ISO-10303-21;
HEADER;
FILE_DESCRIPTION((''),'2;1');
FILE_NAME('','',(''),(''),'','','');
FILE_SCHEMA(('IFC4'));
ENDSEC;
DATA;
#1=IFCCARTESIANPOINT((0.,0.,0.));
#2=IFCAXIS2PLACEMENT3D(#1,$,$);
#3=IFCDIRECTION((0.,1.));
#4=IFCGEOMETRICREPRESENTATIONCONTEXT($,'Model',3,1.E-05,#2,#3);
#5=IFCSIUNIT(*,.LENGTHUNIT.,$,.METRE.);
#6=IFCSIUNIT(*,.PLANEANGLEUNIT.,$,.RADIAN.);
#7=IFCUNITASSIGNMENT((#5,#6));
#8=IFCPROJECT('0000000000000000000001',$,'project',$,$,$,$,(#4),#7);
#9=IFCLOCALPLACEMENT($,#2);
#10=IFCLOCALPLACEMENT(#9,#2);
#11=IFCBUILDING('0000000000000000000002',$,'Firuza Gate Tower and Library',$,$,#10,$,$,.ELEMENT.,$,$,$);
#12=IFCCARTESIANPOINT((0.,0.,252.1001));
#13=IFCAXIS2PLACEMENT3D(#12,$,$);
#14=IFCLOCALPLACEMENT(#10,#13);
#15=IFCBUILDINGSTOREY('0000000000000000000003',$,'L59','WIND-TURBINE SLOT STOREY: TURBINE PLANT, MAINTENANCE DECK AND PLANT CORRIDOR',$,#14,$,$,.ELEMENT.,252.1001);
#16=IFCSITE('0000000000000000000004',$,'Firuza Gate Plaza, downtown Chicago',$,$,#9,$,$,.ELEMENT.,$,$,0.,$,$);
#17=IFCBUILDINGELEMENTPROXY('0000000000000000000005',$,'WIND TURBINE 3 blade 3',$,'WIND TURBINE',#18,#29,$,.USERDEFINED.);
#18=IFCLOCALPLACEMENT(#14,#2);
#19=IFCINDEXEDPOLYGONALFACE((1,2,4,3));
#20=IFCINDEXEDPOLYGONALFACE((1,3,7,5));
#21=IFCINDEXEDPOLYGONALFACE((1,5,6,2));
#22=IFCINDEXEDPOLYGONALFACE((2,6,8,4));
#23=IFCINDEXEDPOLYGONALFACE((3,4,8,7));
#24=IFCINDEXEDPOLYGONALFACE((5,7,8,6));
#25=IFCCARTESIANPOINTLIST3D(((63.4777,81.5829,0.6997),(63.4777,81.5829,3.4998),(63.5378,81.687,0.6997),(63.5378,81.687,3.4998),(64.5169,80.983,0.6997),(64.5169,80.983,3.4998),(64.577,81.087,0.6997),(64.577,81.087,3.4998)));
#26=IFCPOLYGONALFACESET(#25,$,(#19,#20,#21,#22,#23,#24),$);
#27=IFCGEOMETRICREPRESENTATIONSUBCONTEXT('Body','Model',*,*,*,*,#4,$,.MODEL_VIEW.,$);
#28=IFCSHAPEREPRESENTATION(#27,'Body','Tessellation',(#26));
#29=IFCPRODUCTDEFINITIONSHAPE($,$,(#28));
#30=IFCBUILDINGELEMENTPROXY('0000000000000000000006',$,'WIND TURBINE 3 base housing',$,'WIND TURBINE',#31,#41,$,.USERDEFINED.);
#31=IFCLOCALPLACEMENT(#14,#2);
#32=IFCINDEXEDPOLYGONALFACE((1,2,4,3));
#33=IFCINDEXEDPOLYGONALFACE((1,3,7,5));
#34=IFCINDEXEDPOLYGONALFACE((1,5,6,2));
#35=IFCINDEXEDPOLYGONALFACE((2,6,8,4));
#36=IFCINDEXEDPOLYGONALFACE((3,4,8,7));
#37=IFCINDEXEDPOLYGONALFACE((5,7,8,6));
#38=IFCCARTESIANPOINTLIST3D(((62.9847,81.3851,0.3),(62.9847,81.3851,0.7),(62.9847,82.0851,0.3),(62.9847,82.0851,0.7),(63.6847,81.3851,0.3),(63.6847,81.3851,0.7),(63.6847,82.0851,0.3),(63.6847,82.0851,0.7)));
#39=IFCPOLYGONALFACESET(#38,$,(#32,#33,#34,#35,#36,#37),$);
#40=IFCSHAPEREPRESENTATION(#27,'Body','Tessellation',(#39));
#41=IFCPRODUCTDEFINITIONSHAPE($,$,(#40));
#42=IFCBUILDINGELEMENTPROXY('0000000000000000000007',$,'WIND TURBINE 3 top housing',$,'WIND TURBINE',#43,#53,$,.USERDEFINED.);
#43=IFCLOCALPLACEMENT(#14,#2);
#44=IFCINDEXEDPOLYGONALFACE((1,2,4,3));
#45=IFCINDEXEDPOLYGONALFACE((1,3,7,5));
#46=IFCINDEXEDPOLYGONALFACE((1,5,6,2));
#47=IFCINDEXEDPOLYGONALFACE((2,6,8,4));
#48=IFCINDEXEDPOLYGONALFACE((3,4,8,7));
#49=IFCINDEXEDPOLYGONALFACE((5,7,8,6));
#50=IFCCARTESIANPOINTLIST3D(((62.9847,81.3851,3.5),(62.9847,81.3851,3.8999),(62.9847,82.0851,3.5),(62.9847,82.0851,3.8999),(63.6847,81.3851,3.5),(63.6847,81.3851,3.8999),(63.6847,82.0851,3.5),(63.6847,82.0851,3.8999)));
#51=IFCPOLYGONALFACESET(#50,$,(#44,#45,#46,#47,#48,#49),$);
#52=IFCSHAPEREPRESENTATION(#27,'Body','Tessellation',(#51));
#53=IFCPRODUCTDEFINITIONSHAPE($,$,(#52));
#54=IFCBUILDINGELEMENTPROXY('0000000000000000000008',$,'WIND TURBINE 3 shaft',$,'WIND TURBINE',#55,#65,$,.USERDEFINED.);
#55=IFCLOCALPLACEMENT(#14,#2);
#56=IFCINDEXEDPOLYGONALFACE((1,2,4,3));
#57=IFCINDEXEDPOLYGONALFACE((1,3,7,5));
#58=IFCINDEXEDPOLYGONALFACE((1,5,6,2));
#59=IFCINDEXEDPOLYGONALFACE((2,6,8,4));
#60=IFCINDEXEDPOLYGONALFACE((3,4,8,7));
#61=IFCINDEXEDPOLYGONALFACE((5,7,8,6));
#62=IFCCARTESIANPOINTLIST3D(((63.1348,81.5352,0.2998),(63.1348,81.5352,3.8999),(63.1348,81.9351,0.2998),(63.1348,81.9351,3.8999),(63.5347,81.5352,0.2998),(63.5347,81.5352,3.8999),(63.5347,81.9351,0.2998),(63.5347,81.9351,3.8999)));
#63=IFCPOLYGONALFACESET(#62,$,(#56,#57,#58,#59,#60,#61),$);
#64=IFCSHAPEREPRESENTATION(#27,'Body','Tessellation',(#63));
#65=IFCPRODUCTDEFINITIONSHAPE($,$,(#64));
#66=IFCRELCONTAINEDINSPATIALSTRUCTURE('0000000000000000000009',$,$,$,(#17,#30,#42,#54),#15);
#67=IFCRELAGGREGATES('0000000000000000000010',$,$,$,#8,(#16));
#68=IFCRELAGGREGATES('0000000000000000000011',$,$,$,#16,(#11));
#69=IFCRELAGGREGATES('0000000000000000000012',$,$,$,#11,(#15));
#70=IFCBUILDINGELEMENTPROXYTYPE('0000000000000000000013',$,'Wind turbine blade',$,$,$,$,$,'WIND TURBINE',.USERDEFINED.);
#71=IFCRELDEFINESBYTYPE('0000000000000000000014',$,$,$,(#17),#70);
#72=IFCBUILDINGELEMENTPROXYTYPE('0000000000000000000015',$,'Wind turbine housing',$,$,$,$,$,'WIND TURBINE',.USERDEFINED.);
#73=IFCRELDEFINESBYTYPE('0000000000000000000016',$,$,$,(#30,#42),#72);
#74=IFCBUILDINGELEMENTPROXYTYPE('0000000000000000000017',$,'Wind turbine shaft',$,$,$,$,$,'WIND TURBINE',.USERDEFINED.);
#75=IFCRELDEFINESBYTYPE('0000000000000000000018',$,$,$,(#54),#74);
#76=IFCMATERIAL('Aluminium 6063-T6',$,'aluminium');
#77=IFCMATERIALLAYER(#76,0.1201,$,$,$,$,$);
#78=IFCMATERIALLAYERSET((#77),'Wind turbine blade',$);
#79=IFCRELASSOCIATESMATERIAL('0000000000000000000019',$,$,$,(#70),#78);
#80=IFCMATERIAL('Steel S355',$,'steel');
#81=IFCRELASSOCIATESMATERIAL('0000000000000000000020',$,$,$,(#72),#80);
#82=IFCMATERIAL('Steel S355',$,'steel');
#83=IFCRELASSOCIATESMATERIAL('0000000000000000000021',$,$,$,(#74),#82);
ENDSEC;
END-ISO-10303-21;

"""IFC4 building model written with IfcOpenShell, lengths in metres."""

from ifc_helpers import new_model, si_unit, direction, frame, origin, origin_2d, place, context, subcontext, project, spatial, rectangle, extrude, material, layer, layer_set, type_object, element, save


model = new_model("IFC4")

# Units and contexts
model_context = context("Model", 3, precision=1e-05, world=origin(), true_north=direction((0.0, 1.0)))
body_context = subcontext(model_context, "Body", "Model", "MODEL_VIEW")
ifc_project = project(units=[si_unit("LENGTHUNIT", "METRE"), si_unit("PLANEANGLEUNIT", "RADIAN")], contexts=[model_context])

# Site, building, storey
site_placement = place(None, origin())
site = spatial("IfcSite", under=ifc_project, at=site_placement, Name="Firuza Gate Plaza, downtown Chicago", CompositionType="ELEMENT", RefElevation=0.0)
building_placement = place(site_placement, origin())
building = spatial("IfcBuilding", under=site, at=building_placement, Name="Firuza Gate Tower and Library", CompositionType="ELEMENT")
storey_placement = place(building_placement, frame((0.0, 0.0, 252.1001)))
storey = spatial("IfcBuildingStorey", under=building, at=storey_placement, Name="L59", Description="WIND-TURBINE SLOT STOREY: TURBINE PLANT, MAINTENANCE DECK AND PLANT CORRIDOR", CompositionType="ELEMENT", Elevation=252.1001)

# Building element proxies
ifc_material_1 = material(Name="Aluminium 6063-T6", Category="aluminium")
ifc_layer_1 = layer(ifc_material_1, 0.1201)
ifc_layer_set_1 = layer_set([ifc_layer_1], Name="Wind turbine blade")
building_element_proxy_type_1 = type_object("IfcBuildingElementProxyType", Name="Wind turbine blade", ElementType="WIND TURBINE", PredefinedType="USERDEFINED", material=ifc_layer_set_1)
for number, where, z_axis, x_axis, name in (
    (1, (64.0273, 81.335, 0.6997), (0.0, 0.0, 1.0), (0.866025, -0.5, 0.0), "WIND TURBINE 3 blade 3"),
):
    element("IfcBuildingElementProxy", number, at=place(storey_placement, frame(where, z_axis=z_axis, x_axis=x_axis)), inside=storey, type_object=building_element_proxy_type_1, Name=name, ObjectType="WIND TURBINE", PredefinedType="USERDEFINED", context=body_context, shape_type="SweptSolid", body=[
        extrude(rectangle(XDim=1.2, YDim=0.1201, at=origin_2d()), origin(), (0.0, 0.0, 1.0), 2.8),
    ])
ifc_material_2 = material(Name="Steel S355", Category="steel")
building_element_proxy_type_2 = type_object("IfcBuildingElementProxyType", Name="Wind turbine housing", ElementType="WIND TURBINE", PredefinedType="USERDEFINED", material=ifc_material_2)
for number, where, z_axis, x_axis, name in (
    (2, (63.3347, 81.7351, 0.3), (0.0, 0.0, 1.0), (1.0, 0.0, 0.0), "WIND TURBINE 3 base housing"),
    (3, (63.3347, 81.7351, 3.5), (0.0, 0.0, 1.0), (1.0, 0.0, 0.0), "WIND TURBINE 3 top housing"),
):
    element("IfcBuildingElementProxy", number, at=place(storey_placement, frame(where, z_axis=z_axis, x_axis=x_axis)), inside=storey, type_object=building_element_proxy_type_2, Name=name, ObjectType="WIND TURBINE", PredefinedType="USERDEFINED", context=body_context, shape_type="SweptSolid", body=[
        extrude(rectangle(XDim=0.7, YDim=0.7, at=origin_2d()), origin(), (0.0, 0.0, 1.0), 0.3999),
    ])
ifc_material_3 = material(Name="Steel S355", Category="steel")
building_element_proxy_type_3 = type_object("IfcBuildingElementProxyType", Name="Wind turbine shaft", ElementType="WIND TURBINE", PredefinedType="USERDEFINED", material=ifc_material_3)
proxy_placement = place(storey_placement, frame((63.3347, 81.7351, 0.2998), z_axis=(0.0, 0.0, 1.0), x_axis=(1.0, 0.0, 0.0)))
element("IfcBuildingElementProxy", 4, at=proxy_placement, inside=storey, type_object=building_element_proxy_type_3, Name="WIND TURBINE 3 shaft", ObjectType="WIND TURBINE", PredefinedType="USERDEFINED", context=body_context, shape_type="SweptSolid", body=[
    extrude(rectangle(XDim=0.3999, YDim=0.3999, at=origin_2d()), origin(), (0.0, 0.0, 1.0), 3.6001),
])

save(model, "model.ifc")
